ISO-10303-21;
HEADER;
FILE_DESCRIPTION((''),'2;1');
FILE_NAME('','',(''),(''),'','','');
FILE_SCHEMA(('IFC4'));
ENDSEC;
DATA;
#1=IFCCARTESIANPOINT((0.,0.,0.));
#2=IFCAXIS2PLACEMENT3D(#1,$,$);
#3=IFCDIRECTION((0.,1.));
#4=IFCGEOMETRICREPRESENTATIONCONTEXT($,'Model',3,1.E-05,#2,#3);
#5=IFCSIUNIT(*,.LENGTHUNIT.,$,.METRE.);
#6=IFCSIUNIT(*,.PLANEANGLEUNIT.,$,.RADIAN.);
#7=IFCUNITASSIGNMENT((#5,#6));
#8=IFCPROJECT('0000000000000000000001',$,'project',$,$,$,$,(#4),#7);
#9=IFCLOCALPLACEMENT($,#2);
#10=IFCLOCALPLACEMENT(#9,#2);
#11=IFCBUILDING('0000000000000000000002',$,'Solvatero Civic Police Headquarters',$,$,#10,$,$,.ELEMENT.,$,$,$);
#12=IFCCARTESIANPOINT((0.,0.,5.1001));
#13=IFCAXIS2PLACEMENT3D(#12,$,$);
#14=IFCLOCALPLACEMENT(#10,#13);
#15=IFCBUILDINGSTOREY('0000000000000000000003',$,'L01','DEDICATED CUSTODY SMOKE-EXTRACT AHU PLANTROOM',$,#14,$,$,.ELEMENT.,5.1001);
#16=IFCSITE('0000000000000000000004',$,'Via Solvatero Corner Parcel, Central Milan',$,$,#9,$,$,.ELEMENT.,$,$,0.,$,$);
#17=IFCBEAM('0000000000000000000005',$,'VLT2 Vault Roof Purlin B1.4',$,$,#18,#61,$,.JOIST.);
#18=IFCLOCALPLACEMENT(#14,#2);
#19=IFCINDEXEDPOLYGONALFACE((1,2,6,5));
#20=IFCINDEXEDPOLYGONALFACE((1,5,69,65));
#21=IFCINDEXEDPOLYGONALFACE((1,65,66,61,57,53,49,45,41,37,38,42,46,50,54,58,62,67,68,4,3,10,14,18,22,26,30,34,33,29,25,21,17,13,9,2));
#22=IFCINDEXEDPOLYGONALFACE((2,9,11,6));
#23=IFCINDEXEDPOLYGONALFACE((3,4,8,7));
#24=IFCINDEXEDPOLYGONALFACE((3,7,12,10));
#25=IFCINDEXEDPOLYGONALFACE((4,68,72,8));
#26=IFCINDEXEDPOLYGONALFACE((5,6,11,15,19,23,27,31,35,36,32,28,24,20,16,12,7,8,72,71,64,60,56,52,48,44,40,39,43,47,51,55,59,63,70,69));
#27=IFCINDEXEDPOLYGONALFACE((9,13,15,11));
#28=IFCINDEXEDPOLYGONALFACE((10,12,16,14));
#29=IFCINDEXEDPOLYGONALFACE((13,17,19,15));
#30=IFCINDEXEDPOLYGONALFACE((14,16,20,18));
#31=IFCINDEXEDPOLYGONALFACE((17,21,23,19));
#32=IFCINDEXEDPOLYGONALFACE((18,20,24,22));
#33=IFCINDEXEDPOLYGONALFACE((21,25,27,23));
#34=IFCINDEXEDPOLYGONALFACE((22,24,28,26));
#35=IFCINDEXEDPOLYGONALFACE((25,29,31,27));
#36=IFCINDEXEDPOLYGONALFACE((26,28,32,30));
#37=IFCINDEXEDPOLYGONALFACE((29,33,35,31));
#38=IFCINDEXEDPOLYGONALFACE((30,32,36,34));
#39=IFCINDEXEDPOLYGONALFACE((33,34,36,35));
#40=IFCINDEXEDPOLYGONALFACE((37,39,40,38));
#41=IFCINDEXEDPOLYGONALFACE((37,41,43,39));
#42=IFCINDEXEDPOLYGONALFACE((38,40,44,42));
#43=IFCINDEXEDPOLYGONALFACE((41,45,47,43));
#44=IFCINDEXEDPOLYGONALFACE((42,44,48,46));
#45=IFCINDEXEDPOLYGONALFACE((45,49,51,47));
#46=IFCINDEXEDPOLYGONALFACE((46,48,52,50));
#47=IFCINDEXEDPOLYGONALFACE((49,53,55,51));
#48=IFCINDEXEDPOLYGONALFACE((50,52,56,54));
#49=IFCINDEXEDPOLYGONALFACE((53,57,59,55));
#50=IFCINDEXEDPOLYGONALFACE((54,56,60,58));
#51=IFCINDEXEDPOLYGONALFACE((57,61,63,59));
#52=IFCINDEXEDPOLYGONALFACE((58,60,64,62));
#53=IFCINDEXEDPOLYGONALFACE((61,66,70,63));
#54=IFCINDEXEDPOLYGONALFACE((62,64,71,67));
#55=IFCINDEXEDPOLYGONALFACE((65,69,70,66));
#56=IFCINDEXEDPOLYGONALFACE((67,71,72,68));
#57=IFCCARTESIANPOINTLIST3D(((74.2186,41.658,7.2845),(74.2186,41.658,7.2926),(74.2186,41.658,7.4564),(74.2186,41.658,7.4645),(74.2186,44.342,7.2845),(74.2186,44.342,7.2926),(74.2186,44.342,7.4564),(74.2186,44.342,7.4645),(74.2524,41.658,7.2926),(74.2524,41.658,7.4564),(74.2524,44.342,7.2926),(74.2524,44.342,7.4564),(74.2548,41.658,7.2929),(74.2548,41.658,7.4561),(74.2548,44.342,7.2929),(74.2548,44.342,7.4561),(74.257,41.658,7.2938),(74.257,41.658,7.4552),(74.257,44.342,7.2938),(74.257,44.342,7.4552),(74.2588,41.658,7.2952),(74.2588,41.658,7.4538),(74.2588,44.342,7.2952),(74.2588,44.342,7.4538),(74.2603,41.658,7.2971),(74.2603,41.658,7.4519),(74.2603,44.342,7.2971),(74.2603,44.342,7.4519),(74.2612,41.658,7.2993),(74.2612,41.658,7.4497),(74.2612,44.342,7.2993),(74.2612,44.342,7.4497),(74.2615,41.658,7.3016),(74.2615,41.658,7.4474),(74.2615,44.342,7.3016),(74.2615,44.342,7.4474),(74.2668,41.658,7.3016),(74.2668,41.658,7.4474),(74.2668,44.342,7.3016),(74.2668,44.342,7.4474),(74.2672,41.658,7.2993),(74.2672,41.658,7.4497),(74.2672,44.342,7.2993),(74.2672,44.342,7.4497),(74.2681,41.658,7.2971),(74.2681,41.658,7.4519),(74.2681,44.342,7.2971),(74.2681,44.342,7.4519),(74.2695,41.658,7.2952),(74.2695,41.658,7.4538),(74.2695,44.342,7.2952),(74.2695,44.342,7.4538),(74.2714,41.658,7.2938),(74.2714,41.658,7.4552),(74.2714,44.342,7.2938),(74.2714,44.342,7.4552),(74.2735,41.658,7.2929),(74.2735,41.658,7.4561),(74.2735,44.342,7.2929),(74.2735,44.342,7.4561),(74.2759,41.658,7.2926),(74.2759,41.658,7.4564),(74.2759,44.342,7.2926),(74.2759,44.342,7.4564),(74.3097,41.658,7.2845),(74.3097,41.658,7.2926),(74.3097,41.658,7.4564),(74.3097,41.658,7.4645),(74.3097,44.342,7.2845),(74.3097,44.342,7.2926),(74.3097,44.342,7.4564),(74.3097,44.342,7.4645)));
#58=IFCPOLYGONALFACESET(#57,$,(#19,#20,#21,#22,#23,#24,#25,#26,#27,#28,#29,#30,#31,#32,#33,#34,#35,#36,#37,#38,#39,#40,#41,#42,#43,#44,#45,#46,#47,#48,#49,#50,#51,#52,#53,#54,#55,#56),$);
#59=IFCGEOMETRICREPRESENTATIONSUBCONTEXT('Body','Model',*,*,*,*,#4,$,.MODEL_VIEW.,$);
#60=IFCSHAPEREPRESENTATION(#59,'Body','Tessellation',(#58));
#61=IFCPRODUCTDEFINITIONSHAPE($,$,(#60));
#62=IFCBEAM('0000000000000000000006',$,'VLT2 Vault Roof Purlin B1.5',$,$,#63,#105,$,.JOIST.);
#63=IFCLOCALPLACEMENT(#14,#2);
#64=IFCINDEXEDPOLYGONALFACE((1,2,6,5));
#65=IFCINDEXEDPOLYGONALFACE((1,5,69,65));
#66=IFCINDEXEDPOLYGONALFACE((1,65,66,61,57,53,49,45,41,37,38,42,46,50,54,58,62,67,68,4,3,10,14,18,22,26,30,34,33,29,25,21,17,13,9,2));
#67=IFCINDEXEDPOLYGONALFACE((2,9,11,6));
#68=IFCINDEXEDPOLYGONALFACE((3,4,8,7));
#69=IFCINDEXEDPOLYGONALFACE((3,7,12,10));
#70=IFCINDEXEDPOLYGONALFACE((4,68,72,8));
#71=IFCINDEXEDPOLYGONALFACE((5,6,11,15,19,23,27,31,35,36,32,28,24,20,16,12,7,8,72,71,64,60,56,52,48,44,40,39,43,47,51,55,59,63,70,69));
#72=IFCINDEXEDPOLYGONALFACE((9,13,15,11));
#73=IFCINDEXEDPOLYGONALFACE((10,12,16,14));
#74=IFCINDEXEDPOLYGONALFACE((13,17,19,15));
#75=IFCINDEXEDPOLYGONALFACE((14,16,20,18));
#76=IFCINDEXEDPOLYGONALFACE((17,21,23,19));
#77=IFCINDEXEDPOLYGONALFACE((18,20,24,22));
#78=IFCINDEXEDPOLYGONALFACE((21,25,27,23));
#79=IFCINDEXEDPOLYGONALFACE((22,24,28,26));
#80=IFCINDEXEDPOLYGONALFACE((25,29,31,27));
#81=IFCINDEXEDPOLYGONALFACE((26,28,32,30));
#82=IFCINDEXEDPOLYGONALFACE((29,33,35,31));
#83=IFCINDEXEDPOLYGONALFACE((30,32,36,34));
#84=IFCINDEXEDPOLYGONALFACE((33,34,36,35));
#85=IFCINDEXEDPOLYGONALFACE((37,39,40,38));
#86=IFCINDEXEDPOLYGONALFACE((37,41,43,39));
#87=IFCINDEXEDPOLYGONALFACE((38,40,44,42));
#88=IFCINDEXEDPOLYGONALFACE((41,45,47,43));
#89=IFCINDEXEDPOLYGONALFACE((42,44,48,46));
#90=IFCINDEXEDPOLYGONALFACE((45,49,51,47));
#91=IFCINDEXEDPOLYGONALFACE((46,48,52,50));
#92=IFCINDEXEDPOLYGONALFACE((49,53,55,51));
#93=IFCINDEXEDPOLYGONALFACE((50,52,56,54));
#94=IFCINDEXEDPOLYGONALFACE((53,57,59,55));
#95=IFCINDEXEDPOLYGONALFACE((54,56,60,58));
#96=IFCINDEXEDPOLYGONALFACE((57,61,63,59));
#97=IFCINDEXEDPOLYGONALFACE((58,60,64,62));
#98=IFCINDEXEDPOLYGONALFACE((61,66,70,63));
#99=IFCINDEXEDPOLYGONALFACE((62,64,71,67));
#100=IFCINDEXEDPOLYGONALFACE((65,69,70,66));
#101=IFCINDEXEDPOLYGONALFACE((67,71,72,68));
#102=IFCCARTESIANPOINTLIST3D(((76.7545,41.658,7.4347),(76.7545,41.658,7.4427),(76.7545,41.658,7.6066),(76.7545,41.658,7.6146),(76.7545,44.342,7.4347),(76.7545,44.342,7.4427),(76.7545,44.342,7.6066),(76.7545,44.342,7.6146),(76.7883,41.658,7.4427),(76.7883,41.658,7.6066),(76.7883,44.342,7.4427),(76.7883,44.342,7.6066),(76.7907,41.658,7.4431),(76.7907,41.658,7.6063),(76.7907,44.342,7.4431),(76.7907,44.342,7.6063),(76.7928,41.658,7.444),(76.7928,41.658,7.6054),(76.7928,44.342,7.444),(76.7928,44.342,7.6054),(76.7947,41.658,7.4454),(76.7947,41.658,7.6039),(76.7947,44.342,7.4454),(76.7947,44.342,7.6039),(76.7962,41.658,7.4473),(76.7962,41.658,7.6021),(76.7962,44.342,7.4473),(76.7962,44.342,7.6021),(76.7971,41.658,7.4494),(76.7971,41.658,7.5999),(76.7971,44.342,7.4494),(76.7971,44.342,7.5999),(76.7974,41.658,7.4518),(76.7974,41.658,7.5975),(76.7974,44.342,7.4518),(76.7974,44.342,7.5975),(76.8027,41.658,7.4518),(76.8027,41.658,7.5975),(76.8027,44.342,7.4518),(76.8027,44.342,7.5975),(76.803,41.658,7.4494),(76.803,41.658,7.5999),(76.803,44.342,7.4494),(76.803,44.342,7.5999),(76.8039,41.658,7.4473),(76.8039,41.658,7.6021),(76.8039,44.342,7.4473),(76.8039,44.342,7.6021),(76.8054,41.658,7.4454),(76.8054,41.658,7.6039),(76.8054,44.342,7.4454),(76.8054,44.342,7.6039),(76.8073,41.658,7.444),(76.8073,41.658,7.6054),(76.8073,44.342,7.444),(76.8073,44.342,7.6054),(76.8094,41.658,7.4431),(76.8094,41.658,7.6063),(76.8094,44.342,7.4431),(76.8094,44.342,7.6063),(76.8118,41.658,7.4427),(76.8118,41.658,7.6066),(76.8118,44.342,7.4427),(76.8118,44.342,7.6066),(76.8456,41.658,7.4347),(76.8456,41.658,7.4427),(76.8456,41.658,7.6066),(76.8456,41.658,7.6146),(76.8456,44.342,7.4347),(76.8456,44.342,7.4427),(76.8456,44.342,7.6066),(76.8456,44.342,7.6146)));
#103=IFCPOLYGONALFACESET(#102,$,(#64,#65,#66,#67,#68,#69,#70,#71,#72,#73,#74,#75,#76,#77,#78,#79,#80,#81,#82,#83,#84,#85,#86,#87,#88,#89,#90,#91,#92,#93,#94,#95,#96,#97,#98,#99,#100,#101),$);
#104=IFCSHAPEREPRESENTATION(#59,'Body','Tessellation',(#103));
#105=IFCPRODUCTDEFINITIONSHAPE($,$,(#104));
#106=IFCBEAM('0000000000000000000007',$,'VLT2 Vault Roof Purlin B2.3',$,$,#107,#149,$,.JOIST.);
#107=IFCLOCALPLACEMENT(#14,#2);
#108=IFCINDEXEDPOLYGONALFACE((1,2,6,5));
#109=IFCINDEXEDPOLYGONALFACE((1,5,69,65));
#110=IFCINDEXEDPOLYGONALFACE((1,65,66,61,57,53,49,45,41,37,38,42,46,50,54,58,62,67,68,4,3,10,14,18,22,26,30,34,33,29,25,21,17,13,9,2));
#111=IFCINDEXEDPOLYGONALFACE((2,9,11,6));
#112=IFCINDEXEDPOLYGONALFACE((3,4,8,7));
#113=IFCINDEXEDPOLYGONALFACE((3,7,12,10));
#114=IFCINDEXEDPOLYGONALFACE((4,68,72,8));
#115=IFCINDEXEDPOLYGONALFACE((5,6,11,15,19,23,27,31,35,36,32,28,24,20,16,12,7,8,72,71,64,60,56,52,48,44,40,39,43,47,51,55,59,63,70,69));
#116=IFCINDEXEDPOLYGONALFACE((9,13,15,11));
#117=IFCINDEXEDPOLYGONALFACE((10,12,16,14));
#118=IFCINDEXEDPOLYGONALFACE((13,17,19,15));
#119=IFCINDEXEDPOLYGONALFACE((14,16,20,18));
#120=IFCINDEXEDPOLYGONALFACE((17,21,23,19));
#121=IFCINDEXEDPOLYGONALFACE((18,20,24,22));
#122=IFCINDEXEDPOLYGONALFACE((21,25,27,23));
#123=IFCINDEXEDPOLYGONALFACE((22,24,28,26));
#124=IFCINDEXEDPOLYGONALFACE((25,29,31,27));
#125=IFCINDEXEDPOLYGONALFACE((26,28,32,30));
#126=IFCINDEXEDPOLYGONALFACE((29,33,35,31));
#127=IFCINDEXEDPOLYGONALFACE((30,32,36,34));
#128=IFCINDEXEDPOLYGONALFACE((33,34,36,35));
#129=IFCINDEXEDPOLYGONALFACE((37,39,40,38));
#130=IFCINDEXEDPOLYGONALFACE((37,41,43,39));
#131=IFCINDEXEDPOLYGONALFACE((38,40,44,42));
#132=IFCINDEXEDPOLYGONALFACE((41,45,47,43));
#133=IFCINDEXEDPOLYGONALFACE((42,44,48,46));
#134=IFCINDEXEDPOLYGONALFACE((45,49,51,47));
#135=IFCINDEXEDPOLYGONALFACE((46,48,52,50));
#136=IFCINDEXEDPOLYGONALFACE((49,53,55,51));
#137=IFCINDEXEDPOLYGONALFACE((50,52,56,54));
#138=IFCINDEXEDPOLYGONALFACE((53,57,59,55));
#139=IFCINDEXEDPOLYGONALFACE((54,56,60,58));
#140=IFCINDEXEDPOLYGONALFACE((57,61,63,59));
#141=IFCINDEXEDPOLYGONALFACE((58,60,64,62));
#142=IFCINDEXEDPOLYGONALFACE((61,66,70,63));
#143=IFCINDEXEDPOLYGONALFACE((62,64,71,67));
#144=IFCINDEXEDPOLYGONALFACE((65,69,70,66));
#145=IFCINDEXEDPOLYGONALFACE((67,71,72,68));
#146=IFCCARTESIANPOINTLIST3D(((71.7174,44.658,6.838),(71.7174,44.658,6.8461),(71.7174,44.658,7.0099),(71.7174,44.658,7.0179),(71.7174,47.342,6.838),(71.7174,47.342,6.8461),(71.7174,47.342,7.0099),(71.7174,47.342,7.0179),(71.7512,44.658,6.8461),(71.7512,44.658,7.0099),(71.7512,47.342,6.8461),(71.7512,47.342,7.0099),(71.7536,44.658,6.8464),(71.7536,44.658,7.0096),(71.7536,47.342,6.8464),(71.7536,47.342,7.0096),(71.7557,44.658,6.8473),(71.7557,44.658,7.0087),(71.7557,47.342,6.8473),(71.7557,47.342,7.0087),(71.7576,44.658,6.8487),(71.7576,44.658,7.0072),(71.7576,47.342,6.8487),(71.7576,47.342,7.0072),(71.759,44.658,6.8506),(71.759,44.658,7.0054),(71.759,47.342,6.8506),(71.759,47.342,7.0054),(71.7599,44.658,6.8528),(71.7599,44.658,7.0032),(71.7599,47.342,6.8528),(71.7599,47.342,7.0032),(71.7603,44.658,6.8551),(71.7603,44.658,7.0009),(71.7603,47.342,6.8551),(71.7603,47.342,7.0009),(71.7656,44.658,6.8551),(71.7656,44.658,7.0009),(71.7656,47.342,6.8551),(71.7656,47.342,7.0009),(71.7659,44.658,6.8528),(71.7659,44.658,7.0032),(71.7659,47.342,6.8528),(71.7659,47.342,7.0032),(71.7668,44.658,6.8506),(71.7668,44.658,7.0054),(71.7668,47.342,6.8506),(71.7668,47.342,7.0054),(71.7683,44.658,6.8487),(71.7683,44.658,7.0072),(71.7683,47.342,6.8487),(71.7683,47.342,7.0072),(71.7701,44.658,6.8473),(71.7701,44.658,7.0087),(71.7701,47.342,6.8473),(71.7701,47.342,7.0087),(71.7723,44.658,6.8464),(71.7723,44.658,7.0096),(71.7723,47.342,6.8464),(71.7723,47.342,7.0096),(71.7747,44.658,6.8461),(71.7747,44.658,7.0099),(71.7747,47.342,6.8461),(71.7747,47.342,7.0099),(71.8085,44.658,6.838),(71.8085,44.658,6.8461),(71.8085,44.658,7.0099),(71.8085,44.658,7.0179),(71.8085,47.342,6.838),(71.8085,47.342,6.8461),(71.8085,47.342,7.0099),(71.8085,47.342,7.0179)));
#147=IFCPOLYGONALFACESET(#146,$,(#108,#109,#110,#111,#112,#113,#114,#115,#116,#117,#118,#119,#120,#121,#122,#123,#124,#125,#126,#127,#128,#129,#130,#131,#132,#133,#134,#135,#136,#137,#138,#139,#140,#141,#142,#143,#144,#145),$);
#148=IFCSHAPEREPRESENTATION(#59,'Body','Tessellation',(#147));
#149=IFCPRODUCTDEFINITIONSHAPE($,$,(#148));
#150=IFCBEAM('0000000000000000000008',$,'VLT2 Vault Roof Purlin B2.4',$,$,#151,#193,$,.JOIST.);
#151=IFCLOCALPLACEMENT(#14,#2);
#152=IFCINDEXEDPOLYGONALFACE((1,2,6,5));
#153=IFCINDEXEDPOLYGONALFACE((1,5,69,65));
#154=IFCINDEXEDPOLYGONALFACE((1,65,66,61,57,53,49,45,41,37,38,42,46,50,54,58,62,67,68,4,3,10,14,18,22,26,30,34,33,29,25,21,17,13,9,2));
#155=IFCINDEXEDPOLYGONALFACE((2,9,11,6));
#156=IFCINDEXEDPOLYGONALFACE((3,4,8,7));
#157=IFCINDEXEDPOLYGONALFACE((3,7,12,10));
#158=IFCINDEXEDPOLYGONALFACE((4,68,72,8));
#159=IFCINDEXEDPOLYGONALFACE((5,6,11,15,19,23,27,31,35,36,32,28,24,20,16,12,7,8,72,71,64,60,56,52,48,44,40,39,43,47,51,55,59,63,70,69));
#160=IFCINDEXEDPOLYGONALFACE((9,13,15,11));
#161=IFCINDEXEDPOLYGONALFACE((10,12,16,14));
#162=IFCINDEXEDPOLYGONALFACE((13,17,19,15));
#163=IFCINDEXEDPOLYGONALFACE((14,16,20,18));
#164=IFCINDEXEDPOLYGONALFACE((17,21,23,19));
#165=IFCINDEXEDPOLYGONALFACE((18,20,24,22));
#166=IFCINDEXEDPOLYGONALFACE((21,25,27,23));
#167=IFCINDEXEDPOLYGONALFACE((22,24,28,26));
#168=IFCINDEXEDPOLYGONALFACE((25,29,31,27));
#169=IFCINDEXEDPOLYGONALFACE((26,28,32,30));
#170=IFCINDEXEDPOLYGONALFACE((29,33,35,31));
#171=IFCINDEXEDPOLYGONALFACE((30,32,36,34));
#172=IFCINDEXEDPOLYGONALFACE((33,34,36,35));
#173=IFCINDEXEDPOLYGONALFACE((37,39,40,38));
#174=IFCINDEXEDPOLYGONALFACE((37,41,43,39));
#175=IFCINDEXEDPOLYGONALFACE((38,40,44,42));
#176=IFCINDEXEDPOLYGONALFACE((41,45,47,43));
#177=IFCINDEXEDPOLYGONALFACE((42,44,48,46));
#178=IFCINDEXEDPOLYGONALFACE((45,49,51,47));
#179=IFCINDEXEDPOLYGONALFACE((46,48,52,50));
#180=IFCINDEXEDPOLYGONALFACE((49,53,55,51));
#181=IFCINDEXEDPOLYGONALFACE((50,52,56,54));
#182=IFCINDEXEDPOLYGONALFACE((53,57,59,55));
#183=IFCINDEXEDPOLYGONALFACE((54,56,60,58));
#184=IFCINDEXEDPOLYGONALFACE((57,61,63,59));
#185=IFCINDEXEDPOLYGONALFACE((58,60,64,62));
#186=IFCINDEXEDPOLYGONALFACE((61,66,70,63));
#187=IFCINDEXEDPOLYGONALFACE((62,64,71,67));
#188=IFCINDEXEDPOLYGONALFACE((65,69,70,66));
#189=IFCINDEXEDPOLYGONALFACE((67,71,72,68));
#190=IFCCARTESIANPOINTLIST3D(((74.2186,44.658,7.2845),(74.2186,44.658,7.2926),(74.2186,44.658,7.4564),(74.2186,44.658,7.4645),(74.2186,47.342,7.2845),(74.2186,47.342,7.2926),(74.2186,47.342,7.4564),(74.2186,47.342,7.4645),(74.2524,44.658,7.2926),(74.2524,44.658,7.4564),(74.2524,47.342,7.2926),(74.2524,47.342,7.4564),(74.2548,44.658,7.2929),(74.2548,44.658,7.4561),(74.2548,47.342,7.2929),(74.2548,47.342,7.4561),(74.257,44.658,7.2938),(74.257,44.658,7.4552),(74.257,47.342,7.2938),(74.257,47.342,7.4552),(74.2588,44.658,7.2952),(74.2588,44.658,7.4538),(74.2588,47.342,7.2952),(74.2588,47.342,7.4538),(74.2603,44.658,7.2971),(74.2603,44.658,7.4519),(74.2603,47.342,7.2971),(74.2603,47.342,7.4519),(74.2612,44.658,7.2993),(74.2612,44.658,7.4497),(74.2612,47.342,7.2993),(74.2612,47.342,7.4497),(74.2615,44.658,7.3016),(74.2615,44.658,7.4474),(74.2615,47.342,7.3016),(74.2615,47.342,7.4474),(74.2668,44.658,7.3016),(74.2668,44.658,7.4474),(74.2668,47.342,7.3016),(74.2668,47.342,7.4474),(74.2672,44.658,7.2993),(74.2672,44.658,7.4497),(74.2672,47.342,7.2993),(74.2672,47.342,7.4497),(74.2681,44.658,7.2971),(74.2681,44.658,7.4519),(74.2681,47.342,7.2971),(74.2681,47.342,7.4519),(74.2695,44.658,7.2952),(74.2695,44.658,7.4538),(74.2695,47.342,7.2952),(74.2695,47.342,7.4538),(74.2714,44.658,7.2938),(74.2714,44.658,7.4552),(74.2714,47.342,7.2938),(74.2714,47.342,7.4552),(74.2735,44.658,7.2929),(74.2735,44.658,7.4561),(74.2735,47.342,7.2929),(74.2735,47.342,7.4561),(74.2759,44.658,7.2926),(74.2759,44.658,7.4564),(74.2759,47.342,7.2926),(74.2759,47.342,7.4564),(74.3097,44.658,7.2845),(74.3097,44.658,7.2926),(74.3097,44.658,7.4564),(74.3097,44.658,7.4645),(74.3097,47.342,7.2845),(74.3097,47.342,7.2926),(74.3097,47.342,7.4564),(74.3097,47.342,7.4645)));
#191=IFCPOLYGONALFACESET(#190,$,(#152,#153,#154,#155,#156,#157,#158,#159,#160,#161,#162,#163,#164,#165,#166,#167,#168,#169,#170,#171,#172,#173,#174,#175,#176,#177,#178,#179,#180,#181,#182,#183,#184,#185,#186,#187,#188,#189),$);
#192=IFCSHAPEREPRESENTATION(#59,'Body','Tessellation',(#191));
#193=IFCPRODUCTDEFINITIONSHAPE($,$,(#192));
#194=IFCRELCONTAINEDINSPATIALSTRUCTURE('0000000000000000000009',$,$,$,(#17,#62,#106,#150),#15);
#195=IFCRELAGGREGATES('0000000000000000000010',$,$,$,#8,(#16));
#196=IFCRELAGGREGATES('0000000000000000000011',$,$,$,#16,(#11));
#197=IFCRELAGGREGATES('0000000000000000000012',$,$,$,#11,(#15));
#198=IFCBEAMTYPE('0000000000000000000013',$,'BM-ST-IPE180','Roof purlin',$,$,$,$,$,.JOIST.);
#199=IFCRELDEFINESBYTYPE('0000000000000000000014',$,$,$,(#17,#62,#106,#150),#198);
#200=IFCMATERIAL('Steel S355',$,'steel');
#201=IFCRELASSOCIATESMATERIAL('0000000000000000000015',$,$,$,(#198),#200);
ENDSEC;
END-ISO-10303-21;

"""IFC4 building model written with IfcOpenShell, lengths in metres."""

from ifc_helpers import new_model, si_unit, direction, frame, origin, origin_2d, place, context, subcontext, project, spatial, i_section, extrude, material, material_profile, profile_set, type_object, element, save


model = new_model("IFC4")

# Units and contexts
model_context = context("Model", 3, precision=1e-05, world=origin(), true_north=direction((0.0, 1.0)))
body_context = subcontext(model_context, "Body", "Model", "MODEL_VIEW")
ifc_project = project(units=[si_unit("LENGTHUNIT", "METRE"), si_unit("PLANEANGLEUNIT", "RADIAN")], contexts=[model_context])

# Site, building, storey
site_placement = place(None, origin())
site = spatial("IfcSite", under=ifc_project, at=site_placement, Name="Via Solvatero Corner Parcel, Central Milan", CompositionType="ELEMENT", RefElevation=0.0)
building_placement = place(site_placement, origin())
building = spatial("IfcBuilding", under=site, at=building_placement, Name="Solvatero Civic Police Headquarters", CompositionType="ELEMENT")
storey_placement = place(building_placement, frame((0.0, 0.0, 5.1001)))
storey = spatial("IfcBuildingStorey", under=building, at=storey_placement, Name="L01", Description="DEDICATED CUSTODY SMOKE-EXTRACT AHU PLANTROOM", CompositionType="ELEMENT", Elevation=5.1001)

# Beams
ifc_material_1 = material(Name="Steel S355", Category="steel")
ifc_material_profile_1 = material_profile(ifc_material_1, i_section(OverallWidth=0.0911, OverallDepth=0.1799, WebThickness=0.0054, FlangeThickness=0.0081, FilletRadius=0.009, at=origin_2d()), Name="IPE 180")
ifc_profile_set_1 = profile_set([ifc_material_profile_1], Name="Steel S355")
beam_type_1 = type_object("IfcBeamType", Name="BM-ST-IPE180", Description="Roof purlin", PredefinedType="JOIST", material=ifc_profile_set_1)
for number, where, z_axis, x_axis, name in (
    (1, (74.2642, 41.658, 7.3745), (0.0, 1.0, 0.0), (-1.0, 0.0, 0.0), "VLT2 Vault Roof Purlin B1.4"),
    (2, (76.8, 41.658, 7.5247), (0.0, 1.0, 0.0), (-1.0, 0.0, 0.0), "VLT2 Vault Roof Purlin B1.5"),
    (3, (71.7629, 44.658, 6.928), (0.0, 1.0, 0.0), (-1.0, 0.0, 0.0), "VLT2 Vault Roof Purlin B2.3"),
    (4, (74.2642, 44.658, 7.3745), (0.0, 1.0, 0.0), (-1.0, 0.0, 0.0), "VLT2 Vault Roof Purlin B2.4"),
):
    element("IfcBeam", number, at=place(storey_placement, frame(where, z_axis=z_axis, x_axis=x_axis)), inside=storey, type_object=beam_type_1, Name=name, PredefinedType="JOIST", context=body_context, shape_type="SweptSolid", body=[
        extrude(i_section(OverallWidth=0.0911, OverallDepth=0.1799, WebThickness=0.0054, FlangeThickness=0.0081, FilletRadius=0.009, at=origin_2d()), origin(), (0.0, 0.0, 1.0), 2.6841),
    ])

save(model, "model.ifc")
